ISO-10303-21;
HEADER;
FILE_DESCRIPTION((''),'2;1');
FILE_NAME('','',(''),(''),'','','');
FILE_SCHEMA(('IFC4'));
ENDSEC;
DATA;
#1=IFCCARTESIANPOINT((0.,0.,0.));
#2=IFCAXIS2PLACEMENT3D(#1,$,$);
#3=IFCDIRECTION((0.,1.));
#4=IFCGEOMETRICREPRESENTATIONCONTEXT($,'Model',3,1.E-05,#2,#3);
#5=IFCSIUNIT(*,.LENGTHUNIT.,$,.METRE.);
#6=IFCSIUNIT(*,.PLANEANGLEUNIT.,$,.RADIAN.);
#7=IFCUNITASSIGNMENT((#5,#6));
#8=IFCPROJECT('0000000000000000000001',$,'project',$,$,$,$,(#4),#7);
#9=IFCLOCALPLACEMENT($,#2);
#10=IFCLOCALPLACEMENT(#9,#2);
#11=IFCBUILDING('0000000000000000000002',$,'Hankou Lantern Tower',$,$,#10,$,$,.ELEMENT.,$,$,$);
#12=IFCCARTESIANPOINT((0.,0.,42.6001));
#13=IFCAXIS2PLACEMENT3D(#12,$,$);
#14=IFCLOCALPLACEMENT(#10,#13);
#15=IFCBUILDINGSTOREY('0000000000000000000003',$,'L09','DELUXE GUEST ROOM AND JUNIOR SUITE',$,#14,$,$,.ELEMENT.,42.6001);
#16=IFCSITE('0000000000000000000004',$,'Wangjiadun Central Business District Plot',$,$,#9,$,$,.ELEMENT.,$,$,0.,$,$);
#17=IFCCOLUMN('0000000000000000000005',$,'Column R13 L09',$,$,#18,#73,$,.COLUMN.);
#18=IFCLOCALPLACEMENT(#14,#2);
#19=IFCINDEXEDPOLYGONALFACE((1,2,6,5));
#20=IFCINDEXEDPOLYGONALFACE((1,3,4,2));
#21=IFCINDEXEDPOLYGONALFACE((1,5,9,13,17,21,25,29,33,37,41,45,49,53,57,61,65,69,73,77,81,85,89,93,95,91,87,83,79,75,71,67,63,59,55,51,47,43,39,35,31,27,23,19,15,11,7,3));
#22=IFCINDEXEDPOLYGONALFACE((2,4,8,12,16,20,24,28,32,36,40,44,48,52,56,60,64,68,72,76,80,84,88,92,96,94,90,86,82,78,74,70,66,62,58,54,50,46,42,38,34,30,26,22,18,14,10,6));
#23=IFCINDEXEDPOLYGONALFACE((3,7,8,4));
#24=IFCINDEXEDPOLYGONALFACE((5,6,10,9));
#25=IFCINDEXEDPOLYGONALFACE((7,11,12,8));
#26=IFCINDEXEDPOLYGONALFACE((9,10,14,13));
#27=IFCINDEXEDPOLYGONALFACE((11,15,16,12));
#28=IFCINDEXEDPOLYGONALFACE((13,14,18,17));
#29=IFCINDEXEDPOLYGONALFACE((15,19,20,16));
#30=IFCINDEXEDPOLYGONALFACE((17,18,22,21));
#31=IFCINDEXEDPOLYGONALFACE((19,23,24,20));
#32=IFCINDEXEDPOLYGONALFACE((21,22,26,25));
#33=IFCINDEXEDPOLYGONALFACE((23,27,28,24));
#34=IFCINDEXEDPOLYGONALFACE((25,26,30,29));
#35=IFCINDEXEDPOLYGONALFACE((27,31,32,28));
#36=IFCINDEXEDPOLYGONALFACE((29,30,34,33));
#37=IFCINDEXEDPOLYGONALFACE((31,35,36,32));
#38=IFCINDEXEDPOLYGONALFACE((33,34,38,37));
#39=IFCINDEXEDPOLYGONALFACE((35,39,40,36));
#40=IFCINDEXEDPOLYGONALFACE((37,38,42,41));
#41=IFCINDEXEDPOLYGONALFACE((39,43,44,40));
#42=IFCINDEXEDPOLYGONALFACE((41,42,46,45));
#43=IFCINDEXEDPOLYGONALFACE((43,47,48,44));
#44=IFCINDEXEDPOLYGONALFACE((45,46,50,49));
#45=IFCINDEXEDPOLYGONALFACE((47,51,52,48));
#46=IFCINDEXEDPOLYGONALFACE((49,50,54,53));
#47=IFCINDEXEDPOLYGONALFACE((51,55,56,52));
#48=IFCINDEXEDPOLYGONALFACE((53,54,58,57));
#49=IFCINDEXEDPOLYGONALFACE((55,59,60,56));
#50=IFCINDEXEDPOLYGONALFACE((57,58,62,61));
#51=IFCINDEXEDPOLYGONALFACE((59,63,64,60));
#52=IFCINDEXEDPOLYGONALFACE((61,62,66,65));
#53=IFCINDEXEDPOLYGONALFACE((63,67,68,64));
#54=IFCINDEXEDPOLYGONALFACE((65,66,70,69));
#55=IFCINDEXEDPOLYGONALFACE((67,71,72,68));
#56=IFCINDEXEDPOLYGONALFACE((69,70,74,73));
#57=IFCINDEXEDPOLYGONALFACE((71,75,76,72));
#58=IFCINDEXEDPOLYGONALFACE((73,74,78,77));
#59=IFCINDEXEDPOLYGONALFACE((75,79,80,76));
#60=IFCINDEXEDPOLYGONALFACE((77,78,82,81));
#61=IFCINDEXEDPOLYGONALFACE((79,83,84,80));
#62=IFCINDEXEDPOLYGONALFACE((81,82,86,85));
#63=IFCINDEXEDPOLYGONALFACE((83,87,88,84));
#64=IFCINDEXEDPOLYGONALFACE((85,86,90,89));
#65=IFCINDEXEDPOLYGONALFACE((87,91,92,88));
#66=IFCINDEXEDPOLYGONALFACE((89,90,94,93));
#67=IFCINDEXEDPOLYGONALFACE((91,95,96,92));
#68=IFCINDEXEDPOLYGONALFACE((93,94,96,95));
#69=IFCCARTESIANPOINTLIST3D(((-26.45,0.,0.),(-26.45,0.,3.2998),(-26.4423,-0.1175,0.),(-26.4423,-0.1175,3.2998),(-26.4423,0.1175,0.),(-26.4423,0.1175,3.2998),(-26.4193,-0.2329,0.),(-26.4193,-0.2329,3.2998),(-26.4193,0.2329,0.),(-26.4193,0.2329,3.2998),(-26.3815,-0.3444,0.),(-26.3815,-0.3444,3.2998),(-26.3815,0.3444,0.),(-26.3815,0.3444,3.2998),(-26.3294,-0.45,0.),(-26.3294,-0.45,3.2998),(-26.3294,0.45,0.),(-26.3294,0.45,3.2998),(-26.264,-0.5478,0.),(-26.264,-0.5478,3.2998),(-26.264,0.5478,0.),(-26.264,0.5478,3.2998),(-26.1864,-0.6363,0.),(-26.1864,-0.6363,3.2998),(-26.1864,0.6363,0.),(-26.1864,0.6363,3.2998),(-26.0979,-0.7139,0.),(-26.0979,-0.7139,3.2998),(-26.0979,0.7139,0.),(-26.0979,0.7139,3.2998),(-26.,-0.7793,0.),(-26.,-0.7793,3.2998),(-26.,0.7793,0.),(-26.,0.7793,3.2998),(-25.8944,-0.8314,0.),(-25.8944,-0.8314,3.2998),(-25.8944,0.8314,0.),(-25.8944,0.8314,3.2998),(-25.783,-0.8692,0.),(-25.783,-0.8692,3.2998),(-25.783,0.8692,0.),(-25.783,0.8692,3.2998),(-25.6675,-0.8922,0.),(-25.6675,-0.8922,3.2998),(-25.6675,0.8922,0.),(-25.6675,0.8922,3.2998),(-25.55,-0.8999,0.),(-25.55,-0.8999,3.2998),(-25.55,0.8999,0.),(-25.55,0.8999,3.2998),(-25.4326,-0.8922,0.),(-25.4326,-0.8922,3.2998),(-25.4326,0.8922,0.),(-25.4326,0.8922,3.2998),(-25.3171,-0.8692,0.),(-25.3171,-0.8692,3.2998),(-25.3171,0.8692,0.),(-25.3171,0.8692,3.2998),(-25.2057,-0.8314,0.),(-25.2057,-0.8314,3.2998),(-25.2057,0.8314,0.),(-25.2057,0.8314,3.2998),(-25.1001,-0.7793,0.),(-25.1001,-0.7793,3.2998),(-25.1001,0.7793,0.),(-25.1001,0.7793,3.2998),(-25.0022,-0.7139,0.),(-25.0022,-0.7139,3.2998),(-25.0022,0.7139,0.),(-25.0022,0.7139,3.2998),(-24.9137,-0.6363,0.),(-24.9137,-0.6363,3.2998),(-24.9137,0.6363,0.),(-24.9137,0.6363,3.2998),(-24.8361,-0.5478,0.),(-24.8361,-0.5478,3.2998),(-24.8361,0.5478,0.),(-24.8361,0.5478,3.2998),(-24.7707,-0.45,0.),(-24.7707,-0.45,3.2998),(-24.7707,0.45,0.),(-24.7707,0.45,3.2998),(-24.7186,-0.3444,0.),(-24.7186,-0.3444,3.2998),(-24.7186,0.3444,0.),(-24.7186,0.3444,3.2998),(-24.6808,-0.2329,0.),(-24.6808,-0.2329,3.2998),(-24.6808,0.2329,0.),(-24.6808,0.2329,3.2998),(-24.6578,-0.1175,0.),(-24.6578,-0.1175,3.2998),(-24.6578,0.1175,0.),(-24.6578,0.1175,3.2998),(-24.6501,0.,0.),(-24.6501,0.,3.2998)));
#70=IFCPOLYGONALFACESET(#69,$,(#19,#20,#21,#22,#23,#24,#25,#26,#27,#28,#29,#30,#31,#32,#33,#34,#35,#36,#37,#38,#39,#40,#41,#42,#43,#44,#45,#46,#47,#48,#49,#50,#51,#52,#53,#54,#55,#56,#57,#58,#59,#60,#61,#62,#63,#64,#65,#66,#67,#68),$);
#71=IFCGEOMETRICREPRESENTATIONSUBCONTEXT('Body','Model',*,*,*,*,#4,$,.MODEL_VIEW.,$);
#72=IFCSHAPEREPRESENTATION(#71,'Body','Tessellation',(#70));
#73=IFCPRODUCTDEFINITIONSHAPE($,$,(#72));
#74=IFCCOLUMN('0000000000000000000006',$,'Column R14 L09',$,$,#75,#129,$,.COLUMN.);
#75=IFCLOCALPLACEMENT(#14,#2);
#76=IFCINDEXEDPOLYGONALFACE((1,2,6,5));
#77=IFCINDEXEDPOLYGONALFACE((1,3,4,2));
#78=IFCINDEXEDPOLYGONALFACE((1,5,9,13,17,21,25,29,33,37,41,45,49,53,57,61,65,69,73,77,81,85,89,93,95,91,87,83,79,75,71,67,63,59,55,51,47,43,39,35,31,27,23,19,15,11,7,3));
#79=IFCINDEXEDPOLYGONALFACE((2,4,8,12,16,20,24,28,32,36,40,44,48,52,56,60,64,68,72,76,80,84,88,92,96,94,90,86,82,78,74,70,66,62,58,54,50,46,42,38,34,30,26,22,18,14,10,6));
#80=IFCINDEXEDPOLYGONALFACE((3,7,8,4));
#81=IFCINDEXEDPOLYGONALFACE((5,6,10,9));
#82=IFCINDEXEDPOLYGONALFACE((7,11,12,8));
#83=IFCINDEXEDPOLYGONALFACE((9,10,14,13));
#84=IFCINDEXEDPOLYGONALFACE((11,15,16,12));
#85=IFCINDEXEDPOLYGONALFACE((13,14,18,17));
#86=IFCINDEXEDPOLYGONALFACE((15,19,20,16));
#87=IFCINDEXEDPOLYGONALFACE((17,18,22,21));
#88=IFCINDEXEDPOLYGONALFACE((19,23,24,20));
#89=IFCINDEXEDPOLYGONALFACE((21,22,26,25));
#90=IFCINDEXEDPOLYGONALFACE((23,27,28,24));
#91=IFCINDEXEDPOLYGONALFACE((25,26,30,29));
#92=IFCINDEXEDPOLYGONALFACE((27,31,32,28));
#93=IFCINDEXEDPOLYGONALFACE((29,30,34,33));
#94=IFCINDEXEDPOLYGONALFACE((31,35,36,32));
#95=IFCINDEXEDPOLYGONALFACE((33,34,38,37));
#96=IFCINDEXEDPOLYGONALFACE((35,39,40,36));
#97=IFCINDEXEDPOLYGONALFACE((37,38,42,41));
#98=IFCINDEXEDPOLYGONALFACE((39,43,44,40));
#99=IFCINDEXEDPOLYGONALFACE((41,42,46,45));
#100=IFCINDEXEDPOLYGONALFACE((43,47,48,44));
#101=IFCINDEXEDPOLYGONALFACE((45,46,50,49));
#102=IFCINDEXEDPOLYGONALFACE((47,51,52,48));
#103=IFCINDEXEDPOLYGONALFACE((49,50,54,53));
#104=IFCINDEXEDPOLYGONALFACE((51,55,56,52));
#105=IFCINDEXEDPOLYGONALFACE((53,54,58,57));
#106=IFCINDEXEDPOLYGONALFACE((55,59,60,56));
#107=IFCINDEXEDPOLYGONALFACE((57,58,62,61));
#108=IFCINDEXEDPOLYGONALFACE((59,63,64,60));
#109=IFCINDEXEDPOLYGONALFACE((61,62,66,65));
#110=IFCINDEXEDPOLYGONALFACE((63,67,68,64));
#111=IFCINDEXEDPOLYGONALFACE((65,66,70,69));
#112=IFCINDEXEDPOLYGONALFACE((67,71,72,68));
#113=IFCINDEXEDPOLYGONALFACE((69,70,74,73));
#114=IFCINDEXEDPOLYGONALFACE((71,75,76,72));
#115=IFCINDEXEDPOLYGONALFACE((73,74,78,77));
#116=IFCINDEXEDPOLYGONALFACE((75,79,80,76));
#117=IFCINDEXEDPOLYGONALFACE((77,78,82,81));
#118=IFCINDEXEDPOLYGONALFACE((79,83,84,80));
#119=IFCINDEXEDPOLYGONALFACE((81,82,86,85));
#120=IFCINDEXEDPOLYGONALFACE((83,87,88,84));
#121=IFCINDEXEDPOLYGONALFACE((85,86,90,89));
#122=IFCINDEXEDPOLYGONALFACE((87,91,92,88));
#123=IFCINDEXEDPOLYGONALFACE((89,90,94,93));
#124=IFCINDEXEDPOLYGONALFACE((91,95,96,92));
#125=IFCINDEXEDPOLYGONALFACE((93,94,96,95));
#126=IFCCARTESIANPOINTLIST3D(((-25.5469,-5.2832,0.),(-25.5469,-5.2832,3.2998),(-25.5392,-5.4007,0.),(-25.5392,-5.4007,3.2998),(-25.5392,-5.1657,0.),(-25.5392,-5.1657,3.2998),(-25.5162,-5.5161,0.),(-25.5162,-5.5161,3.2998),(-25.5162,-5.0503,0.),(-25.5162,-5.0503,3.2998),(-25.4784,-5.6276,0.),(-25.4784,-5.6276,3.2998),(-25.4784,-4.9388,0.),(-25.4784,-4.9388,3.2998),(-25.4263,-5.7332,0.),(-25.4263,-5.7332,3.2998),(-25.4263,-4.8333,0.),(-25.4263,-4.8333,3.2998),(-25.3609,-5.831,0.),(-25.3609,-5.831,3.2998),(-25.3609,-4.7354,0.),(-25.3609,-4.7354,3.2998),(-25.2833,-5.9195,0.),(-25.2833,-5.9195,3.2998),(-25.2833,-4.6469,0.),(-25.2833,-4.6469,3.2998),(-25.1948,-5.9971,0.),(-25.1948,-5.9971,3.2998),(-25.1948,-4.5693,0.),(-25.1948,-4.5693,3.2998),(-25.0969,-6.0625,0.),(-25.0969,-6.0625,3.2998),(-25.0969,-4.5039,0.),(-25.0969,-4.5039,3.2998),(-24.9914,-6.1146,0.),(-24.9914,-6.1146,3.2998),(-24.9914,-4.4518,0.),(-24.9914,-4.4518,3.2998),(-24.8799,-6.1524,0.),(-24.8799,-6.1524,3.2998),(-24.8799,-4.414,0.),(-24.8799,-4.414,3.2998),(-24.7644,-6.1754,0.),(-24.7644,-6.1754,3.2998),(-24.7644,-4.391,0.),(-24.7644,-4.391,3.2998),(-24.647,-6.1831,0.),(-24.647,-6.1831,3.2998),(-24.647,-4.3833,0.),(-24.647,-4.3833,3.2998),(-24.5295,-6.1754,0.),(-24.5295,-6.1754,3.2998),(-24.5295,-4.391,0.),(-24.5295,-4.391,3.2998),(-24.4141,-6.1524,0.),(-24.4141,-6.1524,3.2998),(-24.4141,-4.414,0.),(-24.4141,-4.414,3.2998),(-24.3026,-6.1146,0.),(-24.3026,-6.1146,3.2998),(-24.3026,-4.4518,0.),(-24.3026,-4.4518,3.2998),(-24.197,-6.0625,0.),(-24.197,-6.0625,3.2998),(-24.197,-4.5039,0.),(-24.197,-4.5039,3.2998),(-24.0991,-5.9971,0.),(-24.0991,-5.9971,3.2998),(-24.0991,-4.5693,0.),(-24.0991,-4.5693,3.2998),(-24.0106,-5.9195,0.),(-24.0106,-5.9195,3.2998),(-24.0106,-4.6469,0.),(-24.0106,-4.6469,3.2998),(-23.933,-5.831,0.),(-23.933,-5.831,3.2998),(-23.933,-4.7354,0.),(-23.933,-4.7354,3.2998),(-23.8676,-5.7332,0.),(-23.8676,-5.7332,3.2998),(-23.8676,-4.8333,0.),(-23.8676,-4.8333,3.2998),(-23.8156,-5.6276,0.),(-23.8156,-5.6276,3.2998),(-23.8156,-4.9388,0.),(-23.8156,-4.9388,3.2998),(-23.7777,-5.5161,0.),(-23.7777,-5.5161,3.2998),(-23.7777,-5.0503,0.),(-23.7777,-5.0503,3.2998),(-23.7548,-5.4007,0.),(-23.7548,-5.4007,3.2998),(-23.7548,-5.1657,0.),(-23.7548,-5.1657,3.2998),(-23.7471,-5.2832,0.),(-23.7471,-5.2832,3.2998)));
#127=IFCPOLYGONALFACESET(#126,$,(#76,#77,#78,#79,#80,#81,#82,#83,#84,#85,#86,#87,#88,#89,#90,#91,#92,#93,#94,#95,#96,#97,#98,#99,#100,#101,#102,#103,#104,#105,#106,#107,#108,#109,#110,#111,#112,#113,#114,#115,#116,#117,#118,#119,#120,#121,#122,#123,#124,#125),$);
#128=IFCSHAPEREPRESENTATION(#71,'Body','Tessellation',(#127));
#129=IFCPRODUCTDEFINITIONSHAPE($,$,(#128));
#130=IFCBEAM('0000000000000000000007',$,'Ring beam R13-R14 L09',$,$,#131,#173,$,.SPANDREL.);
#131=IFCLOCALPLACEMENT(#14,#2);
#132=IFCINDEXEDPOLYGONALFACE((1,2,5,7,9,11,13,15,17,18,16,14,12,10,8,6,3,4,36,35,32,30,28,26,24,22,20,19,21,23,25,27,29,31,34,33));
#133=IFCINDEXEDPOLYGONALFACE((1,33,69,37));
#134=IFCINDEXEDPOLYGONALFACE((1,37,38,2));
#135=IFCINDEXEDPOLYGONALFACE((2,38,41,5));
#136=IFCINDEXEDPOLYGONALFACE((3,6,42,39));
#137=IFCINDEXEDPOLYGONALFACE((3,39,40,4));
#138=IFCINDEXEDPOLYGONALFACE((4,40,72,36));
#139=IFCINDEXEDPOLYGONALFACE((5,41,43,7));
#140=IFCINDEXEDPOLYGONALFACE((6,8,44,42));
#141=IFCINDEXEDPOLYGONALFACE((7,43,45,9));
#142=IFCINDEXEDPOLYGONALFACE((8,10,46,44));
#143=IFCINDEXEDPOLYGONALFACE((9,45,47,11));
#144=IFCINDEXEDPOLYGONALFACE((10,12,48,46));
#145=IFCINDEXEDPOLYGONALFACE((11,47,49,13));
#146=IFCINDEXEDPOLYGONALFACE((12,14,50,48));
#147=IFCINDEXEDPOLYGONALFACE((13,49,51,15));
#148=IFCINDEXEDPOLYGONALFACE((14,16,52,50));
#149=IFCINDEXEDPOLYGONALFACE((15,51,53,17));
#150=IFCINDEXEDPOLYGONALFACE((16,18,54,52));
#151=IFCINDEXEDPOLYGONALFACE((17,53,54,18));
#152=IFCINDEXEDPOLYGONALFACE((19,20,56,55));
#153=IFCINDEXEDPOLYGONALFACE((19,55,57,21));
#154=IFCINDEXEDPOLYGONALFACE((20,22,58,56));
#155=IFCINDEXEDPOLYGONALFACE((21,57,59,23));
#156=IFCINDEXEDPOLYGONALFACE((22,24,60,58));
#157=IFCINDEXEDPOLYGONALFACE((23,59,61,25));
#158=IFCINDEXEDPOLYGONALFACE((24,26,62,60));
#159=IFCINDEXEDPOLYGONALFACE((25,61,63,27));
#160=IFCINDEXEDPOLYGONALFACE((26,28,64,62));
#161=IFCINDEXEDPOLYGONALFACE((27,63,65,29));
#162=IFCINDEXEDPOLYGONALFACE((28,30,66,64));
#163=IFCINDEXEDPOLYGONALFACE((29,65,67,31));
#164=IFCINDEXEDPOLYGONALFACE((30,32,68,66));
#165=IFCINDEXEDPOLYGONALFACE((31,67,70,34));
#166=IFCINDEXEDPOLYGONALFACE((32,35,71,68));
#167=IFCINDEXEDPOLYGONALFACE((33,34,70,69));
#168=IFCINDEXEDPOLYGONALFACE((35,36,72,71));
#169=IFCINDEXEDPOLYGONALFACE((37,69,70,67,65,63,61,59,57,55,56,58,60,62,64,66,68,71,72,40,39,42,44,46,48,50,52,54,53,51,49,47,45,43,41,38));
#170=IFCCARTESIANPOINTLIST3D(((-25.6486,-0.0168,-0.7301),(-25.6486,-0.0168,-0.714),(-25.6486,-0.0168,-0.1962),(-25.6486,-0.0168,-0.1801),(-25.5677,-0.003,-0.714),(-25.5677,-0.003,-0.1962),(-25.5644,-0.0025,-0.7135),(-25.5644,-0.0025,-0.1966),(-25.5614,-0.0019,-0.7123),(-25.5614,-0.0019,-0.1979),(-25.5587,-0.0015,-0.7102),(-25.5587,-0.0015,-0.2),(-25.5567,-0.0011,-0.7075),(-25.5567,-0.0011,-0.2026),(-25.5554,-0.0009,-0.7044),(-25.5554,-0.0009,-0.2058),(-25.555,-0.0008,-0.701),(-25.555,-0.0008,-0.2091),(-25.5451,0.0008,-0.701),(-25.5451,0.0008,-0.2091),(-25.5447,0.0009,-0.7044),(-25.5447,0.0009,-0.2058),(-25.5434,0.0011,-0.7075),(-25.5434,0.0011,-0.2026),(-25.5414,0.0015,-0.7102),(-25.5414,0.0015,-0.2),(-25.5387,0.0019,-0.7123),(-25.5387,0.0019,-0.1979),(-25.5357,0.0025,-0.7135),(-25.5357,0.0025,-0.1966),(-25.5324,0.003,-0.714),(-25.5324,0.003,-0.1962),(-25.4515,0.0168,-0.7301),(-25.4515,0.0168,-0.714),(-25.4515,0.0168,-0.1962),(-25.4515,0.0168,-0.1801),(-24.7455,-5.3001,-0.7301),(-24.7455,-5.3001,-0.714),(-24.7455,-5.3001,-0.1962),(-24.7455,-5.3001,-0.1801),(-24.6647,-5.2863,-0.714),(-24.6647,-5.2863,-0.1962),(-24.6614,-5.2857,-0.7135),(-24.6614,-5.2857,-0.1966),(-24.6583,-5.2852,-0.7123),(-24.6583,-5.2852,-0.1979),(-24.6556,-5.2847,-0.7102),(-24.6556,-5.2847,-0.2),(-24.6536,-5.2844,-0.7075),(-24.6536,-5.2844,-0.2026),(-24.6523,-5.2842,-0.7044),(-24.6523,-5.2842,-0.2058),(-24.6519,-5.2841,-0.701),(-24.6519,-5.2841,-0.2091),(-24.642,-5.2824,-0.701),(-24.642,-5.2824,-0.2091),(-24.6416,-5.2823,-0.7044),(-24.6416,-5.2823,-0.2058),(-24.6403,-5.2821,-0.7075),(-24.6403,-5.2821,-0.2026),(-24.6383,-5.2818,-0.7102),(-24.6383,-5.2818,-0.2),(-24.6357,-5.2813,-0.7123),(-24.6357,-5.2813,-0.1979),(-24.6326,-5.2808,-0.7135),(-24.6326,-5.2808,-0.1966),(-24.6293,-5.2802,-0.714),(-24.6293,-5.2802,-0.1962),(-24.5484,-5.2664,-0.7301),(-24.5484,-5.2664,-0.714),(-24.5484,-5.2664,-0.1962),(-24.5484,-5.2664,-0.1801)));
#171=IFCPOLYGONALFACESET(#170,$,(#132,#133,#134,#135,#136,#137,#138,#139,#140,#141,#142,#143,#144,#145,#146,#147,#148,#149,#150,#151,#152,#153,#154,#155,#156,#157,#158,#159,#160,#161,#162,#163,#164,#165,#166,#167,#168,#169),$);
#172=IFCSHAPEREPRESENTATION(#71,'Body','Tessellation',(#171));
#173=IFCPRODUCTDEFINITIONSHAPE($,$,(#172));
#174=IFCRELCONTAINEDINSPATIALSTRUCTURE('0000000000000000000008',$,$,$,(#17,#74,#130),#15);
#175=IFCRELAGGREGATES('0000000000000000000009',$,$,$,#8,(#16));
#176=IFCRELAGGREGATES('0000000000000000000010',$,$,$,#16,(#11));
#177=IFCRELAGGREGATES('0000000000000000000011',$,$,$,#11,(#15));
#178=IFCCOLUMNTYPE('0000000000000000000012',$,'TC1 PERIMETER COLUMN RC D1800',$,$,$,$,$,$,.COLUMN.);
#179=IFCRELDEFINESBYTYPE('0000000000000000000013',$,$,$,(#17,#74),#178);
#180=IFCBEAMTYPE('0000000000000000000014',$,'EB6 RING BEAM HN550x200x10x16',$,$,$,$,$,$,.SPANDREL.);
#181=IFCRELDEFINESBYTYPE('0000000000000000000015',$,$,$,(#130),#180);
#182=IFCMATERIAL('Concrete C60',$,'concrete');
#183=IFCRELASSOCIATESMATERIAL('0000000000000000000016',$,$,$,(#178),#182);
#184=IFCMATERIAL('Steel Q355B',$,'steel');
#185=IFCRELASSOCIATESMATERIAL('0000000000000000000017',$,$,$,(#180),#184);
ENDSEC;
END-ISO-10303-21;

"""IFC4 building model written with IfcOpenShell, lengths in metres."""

from ifc_helpers import new_model, si_unit, direction, frame, origin, origin_2d, place, context, subcontext, project, spatial, circle, i_section, extrude, material, material_profile, profile_set, type_object, element, save


model = new_model("IFC4")

# Units and contexts
model_context = context("Model", 3, precision=1e-05, world=origin(), true_north=direction((0.0, 1.0)))
body_context = subcontext(model_context, "Body", "Model", "MODEL_VIEW")
ifc_project = project(units=[si_unit("LENGTHUNIT", "METRE"), si_unit("PLANEANGLEUNIT", "RADIAN")], contexts=[model_context])

# Site, building, storey
site_placement = place(None, origin())
site = spatial("IfcSite", under=ifc_project, at=site_placement, Name="Wangjiadun Central Business District Plot", CompositionType="ELEMENT", RefElevation=0.0)
building_placement = place(site_placement, origin())
building = spatial("IfcBuilding", under=site, at=building_placement, Name="Hankou Lantern Tower", CompositionType="ELEMENT")
storey_placement = place(building_placement, frame((0.0, 0.0, 42.6001)))
storey = spatial("IfcBuildingStorey", under=building, at=storey_placement, Name="L09", Description="DELUXE GUEST ROOM AND JUNIOR SUITE", CompositionType="ELEMENT", Elevation=42.6001)

# Columns
ifc_material_1 = material(Name="Concrete C60", Category="concrete")
ifc_material_profile_1 = material_profile(ifc_material_1, circle(Radius=0.8999, at=origin_2d()), Name="RC D1800")
ifc_profile_set_1 = profile_set([ifc_material_profile_1], Name="Concrete C60")
column_type = type_object("IfcColumnType", Name="TC1 PERIMETER COLUMN RC D1800", PredefinedType="COLUMN", material=ifc_profile_set_1)
for number, where, z_axis, x_axis, name in (
    (1, (-25.55, 0.0, 0.0), (0.0, 0.0, 1.0), (1.0, 0.0, 0.0), "Column R13 L09"),
    (2, (-24.647, -5.2832, 0.0), (0.0, 0.0, 1.0), (1.0, 0.0, 0.0), "Column R14 L09"),
):
    element("IfcColumn", number, at=place(storey_placement, frame(where, z_axis=z_axis, x_axis=x_axis)), inside=storey, type_object=column_type, Name=name, PredefinedType="COLUMN", context=body_context, shape_type="SweptSolid", body=[
        extrude(circle(Radius=0.8999, at=origin_2d()), origin(), (0.0, 0.0, 1.0), 3.2998),
    ])

# Beam
ifc_material_2 = material(Name="Steel Q355B", Category="steel")
ifc_material_profile_2 = material_profile(ifc_material_2, i_section(OverallWidth=0.2, OverallDepth=0.55, WebThickness=0.01, FlangeThickness=0.0161, FilletRadius=0.0129, at=origin_2d()), Name="HN550x200x10x16")
ifc_profile_set_2 = profile_set([ifc_material_profile_2], Name="Steel Q355B")
beam_type_1 = type_object("IfcBeamType", Name="EB6 RING BEAM HN550x200x10x16", PredefinedType="SPANDREL", material=ifc_profile_set_2)
beam_1_placement = place(storey_placement, frame((-25.55, 0.0, -0.4551), z_axis=(0.16849, -0.985703, 0.0), x_axis=(0.985703, 0.16849, 0.0)))
element("IfcBeam", 3, at=beam_1_placement, inside=storey, type_object=beam_type_1, Name="Ring beam R13-R14 L09", PredefinedType="SPANDREL", context=body_context, shape_type="SweptSolid", body=[
    extrude(i_section(OverallWidth=0.2, OverallDepth=0.55, WebThickness=0.01, FlangeThickness=0.0161, FilletRadius=0.0129, at=origin_2d()), origin(), (0.0, 0.0, 1.0), 5.3599),
])

save(model, "model.ifc")
